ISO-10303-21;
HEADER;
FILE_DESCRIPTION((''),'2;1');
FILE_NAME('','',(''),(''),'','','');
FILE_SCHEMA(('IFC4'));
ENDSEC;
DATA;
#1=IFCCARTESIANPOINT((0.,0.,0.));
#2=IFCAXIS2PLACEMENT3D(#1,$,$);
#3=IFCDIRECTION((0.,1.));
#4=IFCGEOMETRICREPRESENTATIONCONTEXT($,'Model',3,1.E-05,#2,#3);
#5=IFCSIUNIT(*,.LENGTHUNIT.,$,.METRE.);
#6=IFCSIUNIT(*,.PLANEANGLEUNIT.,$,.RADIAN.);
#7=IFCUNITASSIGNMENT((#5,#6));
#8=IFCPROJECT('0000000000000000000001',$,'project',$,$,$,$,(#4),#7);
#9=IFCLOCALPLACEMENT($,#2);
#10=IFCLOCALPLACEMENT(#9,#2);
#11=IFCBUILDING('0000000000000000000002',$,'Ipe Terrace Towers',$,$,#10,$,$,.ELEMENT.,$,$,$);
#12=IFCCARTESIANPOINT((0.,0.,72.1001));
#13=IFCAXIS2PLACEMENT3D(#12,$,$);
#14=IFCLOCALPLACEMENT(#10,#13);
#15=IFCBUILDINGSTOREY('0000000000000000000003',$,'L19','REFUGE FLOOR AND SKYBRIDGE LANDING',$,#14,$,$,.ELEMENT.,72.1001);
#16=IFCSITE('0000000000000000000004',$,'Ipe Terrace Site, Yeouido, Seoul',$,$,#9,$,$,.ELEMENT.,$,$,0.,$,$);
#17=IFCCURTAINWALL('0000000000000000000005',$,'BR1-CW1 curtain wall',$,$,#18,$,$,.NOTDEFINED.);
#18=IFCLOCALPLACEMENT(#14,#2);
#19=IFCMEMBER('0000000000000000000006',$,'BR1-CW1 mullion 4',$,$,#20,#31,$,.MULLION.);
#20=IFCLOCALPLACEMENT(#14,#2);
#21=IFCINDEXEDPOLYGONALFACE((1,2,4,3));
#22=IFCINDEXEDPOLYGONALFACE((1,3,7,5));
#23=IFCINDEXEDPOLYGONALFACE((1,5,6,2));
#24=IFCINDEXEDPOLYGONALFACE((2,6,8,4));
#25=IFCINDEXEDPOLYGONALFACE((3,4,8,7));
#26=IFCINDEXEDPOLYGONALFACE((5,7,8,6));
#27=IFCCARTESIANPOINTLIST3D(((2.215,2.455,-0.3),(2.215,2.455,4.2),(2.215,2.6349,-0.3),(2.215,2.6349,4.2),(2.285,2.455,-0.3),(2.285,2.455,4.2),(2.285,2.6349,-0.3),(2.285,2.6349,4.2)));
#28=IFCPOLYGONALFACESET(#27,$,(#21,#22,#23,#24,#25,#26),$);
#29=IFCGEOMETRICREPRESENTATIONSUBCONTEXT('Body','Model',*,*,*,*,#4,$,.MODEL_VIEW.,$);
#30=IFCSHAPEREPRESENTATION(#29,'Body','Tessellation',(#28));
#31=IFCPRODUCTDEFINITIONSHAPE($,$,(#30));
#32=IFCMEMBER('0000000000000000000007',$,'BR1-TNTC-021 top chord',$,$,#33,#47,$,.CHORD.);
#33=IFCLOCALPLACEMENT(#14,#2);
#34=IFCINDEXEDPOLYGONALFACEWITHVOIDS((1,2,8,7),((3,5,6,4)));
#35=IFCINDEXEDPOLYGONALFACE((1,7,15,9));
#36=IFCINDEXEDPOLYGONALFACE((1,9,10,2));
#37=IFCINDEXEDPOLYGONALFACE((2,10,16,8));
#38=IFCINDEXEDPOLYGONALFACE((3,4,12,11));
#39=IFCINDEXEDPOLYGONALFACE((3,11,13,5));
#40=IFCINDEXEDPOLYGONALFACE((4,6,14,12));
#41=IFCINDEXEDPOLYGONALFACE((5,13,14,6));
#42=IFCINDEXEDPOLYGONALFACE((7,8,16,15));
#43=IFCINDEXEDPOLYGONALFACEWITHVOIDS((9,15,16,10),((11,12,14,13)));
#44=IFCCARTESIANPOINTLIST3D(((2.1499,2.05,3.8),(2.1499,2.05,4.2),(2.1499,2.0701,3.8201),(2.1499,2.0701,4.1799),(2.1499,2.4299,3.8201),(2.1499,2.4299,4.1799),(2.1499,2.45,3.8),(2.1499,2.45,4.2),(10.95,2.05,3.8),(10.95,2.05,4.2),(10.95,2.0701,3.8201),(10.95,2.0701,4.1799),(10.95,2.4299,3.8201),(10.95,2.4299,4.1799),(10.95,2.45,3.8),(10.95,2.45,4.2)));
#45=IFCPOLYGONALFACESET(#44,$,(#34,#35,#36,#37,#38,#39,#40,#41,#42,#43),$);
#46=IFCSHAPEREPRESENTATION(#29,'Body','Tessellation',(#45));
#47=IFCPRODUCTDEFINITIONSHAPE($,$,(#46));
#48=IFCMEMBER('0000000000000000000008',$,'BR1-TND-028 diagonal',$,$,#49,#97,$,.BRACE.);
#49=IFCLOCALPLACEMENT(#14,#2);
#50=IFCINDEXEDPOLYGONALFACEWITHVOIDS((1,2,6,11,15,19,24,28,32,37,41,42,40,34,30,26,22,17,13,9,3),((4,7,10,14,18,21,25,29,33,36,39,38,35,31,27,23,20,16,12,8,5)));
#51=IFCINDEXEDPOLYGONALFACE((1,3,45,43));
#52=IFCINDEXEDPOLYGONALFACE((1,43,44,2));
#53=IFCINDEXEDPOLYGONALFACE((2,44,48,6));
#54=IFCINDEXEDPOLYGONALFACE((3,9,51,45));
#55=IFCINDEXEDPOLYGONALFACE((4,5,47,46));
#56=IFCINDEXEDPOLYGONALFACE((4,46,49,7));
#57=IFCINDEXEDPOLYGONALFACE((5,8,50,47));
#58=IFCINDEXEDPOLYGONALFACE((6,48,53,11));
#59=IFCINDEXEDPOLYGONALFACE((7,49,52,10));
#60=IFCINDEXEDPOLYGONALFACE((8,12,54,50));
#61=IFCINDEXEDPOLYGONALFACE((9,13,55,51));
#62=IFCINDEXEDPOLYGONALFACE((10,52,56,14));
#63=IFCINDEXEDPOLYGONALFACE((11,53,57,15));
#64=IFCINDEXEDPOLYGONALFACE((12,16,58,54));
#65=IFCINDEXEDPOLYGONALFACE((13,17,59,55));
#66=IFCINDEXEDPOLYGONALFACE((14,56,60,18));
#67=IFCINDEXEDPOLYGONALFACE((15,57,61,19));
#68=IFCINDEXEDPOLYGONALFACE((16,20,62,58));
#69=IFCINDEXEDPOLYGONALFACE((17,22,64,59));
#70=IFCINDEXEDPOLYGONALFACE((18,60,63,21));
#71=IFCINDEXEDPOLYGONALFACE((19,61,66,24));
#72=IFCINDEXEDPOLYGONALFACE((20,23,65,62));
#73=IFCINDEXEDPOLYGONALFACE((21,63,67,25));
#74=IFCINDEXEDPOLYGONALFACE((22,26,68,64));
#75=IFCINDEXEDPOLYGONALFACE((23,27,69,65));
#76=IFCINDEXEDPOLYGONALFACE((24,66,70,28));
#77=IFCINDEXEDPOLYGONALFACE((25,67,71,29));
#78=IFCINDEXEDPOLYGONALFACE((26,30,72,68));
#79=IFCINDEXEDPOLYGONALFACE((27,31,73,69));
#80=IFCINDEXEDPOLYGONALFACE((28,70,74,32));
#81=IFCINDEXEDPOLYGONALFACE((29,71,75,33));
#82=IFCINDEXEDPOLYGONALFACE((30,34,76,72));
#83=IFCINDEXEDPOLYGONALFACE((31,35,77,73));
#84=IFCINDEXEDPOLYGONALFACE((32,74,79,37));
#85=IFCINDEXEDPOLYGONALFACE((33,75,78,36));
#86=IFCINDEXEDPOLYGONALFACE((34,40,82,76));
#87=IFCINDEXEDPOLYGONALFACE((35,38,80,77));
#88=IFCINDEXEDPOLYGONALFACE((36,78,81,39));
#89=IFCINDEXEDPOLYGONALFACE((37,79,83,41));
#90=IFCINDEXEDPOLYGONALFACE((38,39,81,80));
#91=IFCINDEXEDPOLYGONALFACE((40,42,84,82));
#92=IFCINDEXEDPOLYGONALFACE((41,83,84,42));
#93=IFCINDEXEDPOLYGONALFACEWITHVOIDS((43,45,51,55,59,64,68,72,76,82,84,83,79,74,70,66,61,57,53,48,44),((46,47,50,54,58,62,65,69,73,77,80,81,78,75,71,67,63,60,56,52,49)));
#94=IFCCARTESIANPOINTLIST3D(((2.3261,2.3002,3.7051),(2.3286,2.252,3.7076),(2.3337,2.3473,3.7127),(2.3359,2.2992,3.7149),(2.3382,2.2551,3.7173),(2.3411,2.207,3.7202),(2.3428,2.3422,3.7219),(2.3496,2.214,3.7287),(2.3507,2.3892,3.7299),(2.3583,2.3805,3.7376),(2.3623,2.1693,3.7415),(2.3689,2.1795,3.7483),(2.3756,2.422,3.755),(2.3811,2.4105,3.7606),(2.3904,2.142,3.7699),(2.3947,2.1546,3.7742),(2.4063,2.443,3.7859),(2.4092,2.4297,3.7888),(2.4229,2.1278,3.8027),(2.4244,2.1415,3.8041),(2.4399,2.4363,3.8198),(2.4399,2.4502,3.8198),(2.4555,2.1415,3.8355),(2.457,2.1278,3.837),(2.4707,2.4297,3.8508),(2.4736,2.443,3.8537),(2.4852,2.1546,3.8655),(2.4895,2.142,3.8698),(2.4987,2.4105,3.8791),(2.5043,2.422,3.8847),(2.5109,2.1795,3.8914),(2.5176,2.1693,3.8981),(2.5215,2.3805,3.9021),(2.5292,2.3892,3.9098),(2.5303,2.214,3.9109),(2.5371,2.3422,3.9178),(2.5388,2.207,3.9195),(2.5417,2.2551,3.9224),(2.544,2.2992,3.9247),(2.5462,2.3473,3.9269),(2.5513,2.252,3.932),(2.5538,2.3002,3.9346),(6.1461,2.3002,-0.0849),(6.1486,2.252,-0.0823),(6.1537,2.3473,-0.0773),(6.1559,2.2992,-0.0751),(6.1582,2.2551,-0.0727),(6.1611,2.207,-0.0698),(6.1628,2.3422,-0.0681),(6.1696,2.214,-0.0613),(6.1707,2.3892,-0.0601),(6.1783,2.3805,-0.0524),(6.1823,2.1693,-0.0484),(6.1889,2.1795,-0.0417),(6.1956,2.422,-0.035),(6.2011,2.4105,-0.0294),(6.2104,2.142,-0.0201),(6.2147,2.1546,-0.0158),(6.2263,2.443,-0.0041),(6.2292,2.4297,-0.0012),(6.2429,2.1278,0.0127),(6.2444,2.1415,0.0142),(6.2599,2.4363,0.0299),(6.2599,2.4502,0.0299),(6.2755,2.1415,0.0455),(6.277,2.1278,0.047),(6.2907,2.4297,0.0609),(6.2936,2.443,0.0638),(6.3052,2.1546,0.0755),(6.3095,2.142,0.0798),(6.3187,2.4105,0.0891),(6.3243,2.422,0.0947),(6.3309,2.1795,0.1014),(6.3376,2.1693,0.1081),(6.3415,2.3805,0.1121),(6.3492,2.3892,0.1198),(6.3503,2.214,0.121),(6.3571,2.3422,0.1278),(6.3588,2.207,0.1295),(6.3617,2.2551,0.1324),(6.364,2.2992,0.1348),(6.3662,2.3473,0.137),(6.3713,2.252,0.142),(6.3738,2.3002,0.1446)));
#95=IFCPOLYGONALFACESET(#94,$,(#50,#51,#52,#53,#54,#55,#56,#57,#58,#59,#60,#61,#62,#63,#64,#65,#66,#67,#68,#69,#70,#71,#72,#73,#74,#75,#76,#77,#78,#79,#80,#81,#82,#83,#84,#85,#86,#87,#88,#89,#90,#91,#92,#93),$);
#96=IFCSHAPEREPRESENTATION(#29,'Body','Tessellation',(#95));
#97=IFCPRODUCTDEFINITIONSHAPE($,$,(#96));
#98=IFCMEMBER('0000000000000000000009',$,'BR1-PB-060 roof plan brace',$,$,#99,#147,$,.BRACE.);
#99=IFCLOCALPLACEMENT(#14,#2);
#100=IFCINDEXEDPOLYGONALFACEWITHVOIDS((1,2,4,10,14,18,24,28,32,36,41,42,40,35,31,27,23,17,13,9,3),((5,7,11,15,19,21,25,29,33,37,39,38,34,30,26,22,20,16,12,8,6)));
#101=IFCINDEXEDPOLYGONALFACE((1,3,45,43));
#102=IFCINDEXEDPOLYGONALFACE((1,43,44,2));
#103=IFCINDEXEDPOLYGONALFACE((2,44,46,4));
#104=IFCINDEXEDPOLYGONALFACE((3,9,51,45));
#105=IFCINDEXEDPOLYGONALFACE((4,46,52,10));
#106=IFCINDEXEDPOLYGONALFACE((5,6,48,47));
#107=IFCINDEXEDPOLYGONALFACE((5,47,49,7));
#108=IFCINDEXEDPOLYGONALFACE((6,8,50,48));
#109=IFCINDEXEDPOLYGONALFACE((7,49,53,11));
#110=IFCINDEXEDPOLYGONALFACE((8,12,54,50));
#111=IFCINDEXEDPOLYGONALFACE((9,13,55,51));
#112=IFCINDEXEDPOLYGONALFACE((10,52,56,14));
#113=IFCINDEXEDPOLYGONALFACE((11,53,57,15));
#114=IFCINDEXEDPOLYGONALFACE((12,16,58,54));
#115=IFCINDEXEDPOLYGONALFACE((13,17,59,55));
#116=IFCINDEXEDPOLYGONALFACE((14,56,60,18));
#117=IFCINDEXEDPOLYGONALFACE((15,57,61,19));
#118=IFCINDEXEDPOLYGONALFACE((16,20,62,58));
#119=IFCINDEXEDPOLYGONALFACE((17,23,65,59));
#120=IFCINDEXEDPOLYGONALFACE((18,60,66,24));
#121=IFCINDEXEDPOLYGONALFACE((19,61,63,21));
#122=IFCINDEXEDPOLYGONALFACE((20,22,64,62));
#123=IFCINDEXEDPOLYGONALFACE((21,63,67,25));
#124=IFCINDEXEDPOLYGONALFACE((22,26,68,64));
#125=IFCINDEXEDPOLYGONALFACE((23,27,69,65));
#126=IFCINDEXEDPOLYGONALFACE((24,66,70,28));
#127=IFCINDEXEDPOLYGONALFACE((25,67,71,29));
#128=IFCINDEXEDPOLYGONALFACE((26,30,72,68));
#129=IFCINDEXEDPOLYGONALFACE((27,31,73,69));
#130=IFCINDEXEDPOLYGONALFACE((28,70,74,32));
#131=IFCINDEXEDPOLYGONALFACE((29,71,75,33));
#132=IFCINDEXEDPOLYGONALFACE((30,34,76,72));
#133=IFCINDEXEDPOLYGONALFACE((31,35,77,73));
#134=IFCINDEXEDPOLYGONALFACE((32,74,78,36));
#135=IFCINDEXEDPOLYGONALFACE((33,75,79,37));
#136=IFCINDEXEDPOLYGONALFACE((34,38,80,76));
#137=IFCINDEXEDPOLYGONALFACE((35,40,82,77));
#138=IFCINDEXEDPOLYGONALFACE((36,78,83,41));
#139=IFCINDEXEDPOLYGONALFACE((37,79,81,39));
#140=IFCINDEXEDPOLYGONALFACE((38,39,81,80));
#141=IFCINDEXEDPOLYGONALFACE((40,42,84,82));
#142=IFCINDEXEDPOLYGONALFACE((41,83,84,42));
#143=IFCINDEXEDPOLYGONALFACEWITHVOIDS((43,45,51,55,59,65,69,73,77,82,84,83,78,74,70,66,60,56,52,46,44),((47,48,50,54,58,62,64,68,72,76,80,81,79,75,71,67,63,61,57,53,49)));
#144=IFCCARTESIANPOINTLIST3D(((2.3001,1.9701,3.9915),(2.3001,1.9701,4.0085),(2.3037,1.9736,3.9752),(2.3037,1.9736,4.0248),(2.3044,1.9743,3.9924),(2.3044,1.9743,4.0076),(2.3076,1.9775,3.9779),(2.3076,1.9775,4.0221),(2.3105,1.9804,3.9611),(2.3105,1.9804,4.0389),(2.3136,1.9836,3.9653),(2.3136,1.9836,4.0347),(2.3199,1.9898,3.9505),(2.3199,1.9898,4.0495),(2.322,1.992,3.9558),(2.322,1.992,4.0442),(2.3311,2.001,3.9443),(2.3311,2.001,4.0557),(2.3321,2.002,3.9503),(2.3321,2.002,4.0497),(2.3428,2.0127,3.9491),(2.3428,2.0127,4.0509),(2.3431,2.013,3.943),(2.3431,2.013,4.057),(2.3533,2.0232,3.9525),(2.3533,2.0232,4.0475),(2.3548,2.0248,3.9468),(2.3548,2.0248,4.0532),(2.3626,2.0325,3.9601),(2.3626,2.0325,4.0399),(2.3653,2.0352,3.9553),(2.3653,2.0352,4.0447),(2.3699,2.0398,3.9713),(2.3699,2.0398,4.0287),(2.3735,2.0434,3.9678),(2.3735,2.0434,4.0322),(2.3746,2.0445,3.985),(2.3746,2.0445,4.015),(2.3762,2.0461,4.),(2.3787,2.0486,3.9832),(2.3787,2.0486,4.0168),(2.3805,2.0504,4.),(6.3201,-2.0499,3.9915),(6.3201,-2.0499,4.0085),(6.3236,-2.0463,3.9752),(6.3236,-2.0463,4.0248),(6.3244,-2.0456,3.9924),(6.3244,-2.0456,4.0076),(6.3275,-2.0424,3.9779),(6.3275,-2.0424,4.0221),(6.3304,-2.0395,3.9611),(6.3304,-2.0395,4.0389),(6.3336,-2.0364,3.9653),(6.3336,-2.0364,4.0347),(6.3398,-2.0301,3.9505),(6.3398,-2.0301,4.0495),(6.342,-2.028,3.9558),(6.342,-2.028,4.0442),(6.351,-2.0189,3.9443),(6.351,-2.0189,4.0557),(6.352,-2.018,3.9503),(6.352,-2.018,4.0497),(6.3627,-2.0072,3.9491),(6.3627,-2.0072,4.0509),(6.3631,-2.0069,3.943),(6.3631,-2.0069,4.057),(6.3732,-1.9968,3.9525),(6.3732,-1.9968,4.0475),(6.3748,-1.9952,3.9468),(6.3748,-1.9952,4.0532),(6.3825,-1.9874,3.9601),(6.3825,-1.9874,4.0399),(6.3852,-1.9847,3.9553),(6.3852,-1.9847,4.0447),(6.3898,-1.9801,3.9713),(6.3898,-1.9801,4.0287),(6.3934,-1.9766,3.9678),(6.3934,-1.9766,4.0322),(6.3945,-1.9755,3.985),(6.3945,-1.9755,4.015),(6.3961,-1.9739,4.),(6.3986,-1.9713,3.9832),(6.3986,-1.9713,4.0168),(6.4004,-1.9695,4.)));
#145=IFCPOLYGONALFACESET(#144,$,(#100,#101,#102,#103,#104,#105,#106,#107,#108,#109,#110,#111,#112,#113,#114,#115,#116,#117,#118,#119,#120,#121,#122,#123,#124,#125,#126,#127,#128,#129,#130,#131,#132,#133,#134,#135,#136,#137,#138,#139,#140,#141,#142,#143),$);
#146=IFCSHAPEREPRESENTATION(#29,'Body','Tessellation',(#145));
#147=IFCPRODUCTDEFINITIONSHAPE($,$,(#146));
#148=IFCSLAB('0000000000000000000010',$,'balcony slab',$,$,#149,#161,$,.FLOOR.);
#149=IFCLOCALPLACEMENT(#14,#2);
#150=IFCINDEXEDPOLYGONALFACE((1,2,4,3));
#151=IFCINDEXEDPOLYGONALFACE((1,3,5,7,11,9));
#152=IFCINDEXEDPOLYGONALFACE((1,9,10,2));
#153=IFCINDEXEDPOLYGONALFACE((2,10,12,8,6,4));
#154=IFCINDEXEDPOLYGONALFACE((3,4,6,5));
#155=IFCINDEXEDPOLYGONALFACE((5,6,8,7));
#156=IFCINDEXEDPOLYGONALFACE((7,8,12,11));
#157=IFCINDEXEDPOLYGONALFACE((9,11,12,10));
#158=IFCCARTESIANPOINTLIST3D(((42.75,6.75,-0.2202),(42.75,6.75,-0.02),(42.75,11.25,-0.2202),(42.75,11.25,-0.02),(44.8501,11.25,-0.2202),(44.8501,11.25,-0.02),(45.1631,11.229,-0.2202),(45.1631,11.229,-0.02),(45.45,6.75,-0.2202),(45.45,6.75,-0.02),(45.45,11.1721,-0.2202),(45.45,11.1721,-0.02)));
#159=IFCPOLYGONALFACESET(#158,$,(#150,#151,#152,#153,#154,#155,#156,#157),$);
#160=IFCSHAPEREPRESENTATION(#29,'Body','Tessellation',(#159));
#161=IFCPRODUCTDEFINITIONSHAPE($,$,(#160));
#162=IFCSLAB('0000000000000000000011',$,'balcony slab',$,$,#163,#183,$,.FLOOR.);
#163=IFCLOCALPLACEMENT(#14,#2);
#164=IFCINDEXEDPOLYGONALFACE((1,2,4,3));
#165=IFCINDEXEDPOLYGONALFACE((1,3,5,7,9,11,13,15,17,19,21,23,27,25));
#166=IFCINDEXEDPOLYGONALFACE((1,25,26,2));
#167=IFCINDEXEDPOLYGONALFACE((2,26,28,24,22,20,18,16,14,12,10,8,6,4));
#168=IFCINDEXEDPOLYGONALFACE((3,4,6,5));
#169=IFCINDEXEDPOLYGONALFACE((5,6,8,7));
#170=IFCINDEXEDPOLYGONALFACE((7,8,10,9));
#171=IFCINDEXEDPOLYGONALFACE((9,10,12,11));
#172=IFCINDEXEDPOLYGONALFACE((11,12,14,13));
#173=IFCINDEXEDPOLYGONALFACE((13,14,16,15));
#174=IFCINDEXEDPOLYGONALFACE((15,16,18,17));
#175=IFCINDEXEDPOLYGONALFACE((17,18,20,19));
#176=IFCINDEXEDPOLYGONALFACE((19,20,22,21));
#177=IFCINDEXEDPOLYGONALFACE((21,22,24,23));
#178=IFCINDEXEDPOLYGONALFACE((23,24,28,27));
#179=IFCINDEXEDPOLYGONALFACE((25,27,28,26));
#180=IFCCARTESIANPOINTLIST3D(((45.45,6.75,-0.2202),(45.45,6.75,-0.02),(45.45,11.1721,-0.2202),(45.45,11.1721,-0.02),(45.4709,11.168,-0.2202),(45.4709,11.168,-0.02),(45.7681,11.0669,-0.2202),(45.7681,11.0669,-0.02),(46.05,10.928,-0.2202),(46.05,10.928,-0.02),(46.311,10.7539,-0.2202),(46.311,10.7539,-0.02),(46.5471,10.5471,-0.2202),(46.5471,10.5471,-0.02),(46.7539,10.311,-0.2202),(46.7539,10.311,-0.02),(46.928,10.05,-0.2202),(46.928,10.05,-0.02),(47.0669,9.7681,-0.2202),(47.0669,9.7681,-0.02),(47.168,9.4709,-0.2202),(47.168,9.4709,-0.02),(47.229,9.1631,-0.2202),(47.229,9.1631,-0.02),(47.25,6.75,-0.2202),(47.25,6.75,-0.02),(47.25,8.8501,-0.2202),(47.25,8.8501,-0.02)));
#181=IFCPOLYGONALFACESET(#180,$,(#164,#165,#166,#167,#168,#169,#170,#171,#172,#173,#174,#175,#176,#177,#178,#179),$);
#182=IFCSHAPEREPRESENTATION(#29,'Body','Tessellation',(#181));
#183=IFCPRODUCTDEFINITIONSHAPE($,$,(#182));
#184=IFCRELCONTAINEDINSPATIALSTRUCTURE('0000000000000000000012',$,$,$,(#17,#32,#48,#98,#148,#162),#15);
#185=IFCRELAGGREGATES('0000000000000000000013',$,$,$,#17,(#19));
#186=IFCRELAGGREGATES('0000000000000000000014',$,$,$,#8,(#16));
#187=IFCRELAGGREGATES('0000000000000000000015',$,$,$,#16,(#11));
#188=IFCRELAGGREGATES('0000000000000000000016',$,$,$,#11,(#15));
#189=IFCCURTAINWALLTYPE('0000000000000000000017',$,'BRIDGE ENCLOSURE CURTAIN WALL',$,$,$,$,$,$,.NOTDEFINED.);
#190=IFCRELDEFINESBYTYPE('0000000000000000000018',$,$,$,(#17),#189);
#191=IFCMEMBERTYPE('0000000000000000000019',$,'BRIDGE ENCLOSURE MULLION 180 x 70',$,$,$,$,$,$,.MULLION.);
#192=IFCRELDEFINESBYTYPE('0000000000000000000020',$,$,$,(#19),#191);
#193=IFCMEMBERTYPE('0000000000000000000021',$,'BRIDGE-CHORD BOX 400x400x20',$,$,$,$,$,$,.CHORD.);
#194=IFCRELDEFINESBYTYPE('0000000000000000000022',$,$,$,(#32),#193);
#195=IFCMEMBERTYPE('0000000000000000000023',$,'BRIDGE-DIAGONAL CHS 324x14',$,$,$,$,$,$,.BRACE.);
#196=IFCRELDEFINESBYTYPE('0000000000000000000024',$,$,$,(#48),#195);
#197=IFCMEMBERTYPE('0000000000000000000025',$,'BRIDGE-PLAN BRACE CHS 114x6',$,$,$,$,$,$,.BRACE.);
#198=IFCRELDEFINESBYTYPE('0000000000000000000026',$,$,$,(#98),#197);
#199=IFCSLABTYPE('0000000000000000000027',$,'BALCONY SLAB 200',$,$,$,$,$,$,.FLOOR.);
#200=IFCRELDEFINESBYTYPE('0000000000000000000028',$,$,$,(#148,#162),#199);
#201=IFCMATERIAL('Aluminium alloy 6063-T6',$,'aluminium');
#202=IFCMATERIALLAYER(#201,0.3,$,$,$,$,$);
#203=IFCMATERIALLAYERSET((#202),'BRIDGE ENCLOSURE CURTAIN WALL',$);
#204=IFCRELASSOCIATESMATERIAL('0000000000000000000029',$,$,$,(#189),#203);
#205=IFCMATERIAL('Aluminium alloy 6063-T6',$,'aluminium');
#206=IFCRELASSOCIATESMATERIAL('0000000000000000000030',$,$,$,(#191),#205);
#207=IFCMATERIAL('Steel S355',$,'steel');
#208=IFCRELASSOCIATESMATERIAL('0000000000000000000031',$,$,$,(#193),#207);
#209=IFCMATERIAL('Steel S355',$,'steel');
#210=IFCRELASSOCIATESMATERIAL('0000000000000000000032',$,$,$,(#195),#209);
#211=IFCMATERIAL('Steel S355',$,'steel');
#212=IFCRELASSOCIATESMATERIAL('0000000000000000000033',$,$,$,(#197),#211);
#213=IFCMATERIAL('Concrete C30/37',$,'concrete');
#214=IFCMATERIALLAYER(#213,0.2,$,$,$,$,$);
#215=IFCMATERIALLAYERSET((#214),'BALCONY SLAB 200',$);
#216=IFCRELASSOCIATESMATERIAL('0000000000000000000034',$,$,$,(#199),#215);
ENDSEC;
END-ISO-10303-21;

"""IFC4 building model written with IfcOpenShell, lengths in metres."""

from ifc_helpers import new_model, si_unit, direction, frame, origin, origin_2d, place, context, subcontext, project, spatial, polyline, rectangle, hollow_rectangle, hollow_circle, outline, extrude, material, layer, layer_set, material_profile, profile_set, type_object, element, aggregate, save


model = new_model("IFC4")

# Units and contexts
model_context = context("Model", 3, precision=1e-05, world=origin(), true_north=direction((0.0, 1.0)))
body_context = subcontext(model_context, "Body", "Model", "MODEL_VIEW")
ifc_project = project(units=[si_unit("LENGTHUNIT", "METRE"), si_unit("PLANEANGLEUNIT", "RADIAN")], contexts=[model_context])

# Site, building, storey
site_placement = place(None, origin())
site = spatial("IfcSite", under=ifc_project, at=site_placement, Name="Ipe Terrace Site, Yeouido, Seoul", CompositionType="ELEMENT", RefElevation=0.0)
building_placement = place(site_placement, origin())
building = spatial("IfcBuilding", under=site, at=building_placement, Name="Ipe Terrace Towers", CompositionType="ELEMENT")
storey_placement = place(building_placement, frame((0.0, 0.0, 72.1001)))
storey = spatial("IfcBuildingStorey", under=building, at=storey_placement, Name="L19", Description="REFUGE FLOOR AND SKYBRIDGE LANDING", CompositionType="ELEMENT", Elevation=72.1001)

# Curtain wall, member
ifc_material_1 = material(Name="Aluminium alloy 6063-T6", Category="aluminium")
ifc_layer_1 = layer(ifc_material_1, 0.3)
ifc_layer_set_1 = layer_set([ifc_layer_1], Name="BRIDGE ENCLOSURE CURTAIN WALL")
curtain_wall_type = type_object("IfcCurtainWallType", Name="BRIDGE ENCLOSURE CURTAIN WALL", PredefinedType="NOTDEFINED", material=ifc_layer_set_1)
curtain_wall_placement = place(storey_placement, origin())
curtain_wall = element("IfcCurtainWall", 1, at=curtain_wall_placement, inside=storey, type_object=curtain_wall_type, Name="BR1-CW1 curtain wall", PredefinedType="NOTDEFINED")
ifc_material_2 = material(Name="Aluminium alloy 6063-T6", Category="aluminium")
ifc_material_profile_1 = material_profile(ifc_material_2, rectangle(XDim=0.1799, YDim=0.0701, at=origin_2d()), Name="BRIDGE ENCLOSURE MULLION 180 x 70")
ifc_profile_set_1 = profile_set([ifc_material_profile_1], Name="Aluminium alloy 6063-T6")
member_type_1 = type_object("IfcMemberType", Name="BRIDGE ENCLOSURE MULLION 180 x 70", PredefinedType="MULLION", material=ifc_profile_set_1)
member_1_placement = place(storey_placement, frame((2.25, 2.5449, -0.3), z_axis=(0.0, 0.0, 1.0), x_axis=(0.0, 1.0, 0.0)))
member_1 = element("IfcMember", 2, at=member_1_placement, type_object=member_type_1, Name="BR1-CW1 mullion 4", PredefinedType="MULLION", context=body_context, shape_type="SweptSolid", body=[
    extrude(rectangle(XDim=0.1799, YDim=0.0701, at=origin_2d()), origin(), (0.0, 0.0, 1.0), 4.5),
])

# Members
ifc_material_3 = material(Name="Steel S355", Category="steel")
ifc_material_profile_2 = material_profile(ifc_material_3, hollow_rectangle(XDim=0.3999, YDim=0.3999, WallThickness=0.02, at=origin_2d()), Name="BRIDGE-CHORD BOX 400x400x20")
ifc_profile_set_2 = profile_set([ifc_material_profile_2], Name="Steel S355")
member_type_2 = type_object("IfcMemberType", Name="BRIDGE-CHORD BOX 400x400x20", PredefinedType="CHORD", material=ifc_profile_set_2)
member_2_placement = place(storey_placement, frame((2.1499, 2.25, 4.0), z_axis=(1.0, 0.0, 0.0), x_axis=(0.0, 1.0, 0.0)))
element("IfcMember", 3, at=member_2_placement, inside=storey, type_object=member_type_2, Name="BR1-TNTC-021 top chord", PredefinedType="CHORD", context=body_context, shape_type="SweptSolid", body=[
    extrude(hollow_rectangle(XDim=0.3999, YDim=0.3999, WallThickness=0.02, at=origin_2d()), origin(), (0.0, 0.0, 1.0), 8.8),
])
ifc_material_4 = material(Name="Steel S355", Category="steel")
ifc_material_profile_3 = material_profile(ifc_material_4, hollow_circle(Radius=0.1621, WallThickness=0.0139, at=origin_2d()), Name="BRIDGE-DIAGONAL CHS 324x14")
ifc_profile_set_3 = profile_set([ifc_material_profile_3], Name="Steel S355")
member_type_3 = type_object("IfcMemberType", Name="BRIDGE-DIAGONAL CHS 324x14", PredefinedType="BRACE", material=ifc_profile_set_3)
member_3_placement = place(storey_placement, frame((2.4399, 2.2881, 3.8198), z_axis=(0.709891, 0.0, -0.704311), x_axis=(0.0, 1.0, 0.0)))
element("IfcMember", 4, at=member_3_placement, inside=storey, type_object=member_type_3, Name="BR1-TND-028 diagonal", PredefinedType="BRACE", context=body_context, shape_type="SweptSolid", body=[
    extrude(hollow_circle(Radius=0.1621, WallThickness=0.0139, at=origin_2d()), origin(), (0.0, 0.0, 1.0), 5.3811),
])
ifc_material_5 = material(Name="Steel S355", Category="steel")
ifc_material_profile_4 = material_profile(ifc_material_5, hollow_circle(Radius=0.0571, WallThickness=0.0061, at=origin_2d()), Name="BRIDGE-PLAN BRACE CHS 114x6")
ifc_profile_set_4 = profile_set([ifc_material_profile_4], Name="Steel S355")
member_type_4 = type_object("IfcMemberType", Name="BRIDGE-PLAN BRACE CHS 114x6", PredefinedType="BRACE", material=ifc_profile_set_4)
member_4_placement = place(storey_placement, frame((2.3401, 2.01, 4.0), z_axis=(0.707107, -0.707107, 0.0), x_axis=(0.707107, 0.707107, 0.0)))
element("IfcMember", 5, at=member_4_placement, inside=storey, type_object=member_type_4, Name="BR1-PB-060 roof plan brace", PredefinedType="BRACE", context=body_context, shape_type="SweptSolid", body=[
    extrude(hollow_circle(Radius=0.0571, WallThickness=0.0061, at=origin_2d()), origin(), (0.0, 0.0, 1.0), 5.6851),
])

# Slabs
ifc_material_6 = material(Name="Concrete C30/37", Category="concrete")
ifc_layer_2 = layer(ifc_material_6, 0.2)
ifc_layer_set_2 = layer_set([ifc_layer_2], Name="BALCONY SLAB 200")
slab_type_1 = type_object("IfcSlabType", Name="BALCONY SLAB 200", PredefinedType="FLOOR", material=ifc_layer_set_2)
slab_1_placement = place(storey_placement, frame((0.0, 0.0, -0.2202)))
element("IfcSlab", 6, at=slab_1_placement, inside=storey, type_object=slab_type_1, Name="balcony slab", PredefinedType="FLOOR", context=body_context, shape_type="SweptSolid", body=[
    extrude(outline(polyline([(45.1631, 11.229), (44.8501, 11.25), (42.75, 11.25), (42.75, 6.75), (45.45, 6.75), (45.45, 11.1721), (45.1631, 11.229)])), origin(), (0.0, 0.0, 1.0), 0.2002),
])
slab_2_placement = place(storey_placement, frame((0.0, 0.0, -0.2202)))
element("IfcSlab", 7, at=slab_2_placement, inside=storey, type_object=slab_type_1, Name="balcony slab", PredefinedType="FLOOR", context=body_context, shape_type="SweptSolid", body=[
    extrude(outline(polyline([(47.25, 6.75), (47.25, 8.8501), (47.229, 9.1631), (47.168, 9.4709), (47.0669, 9.7681), (46.928, 10.05), (46.7539, 10.311), (46.5471, 10.5471), (46.311, 10.7539), (46.05, 10.928), (45.7681, 11.0669), (45.4709, 11.168), (45.45, 11.1721), (45.45, 6.75), (47.25, 6.75)])), origin(), (0.0, 0.0, 1.0), 0.2002),
])

aggregate(curtain_wall, [member_1])

save(model, "model.ifc")
